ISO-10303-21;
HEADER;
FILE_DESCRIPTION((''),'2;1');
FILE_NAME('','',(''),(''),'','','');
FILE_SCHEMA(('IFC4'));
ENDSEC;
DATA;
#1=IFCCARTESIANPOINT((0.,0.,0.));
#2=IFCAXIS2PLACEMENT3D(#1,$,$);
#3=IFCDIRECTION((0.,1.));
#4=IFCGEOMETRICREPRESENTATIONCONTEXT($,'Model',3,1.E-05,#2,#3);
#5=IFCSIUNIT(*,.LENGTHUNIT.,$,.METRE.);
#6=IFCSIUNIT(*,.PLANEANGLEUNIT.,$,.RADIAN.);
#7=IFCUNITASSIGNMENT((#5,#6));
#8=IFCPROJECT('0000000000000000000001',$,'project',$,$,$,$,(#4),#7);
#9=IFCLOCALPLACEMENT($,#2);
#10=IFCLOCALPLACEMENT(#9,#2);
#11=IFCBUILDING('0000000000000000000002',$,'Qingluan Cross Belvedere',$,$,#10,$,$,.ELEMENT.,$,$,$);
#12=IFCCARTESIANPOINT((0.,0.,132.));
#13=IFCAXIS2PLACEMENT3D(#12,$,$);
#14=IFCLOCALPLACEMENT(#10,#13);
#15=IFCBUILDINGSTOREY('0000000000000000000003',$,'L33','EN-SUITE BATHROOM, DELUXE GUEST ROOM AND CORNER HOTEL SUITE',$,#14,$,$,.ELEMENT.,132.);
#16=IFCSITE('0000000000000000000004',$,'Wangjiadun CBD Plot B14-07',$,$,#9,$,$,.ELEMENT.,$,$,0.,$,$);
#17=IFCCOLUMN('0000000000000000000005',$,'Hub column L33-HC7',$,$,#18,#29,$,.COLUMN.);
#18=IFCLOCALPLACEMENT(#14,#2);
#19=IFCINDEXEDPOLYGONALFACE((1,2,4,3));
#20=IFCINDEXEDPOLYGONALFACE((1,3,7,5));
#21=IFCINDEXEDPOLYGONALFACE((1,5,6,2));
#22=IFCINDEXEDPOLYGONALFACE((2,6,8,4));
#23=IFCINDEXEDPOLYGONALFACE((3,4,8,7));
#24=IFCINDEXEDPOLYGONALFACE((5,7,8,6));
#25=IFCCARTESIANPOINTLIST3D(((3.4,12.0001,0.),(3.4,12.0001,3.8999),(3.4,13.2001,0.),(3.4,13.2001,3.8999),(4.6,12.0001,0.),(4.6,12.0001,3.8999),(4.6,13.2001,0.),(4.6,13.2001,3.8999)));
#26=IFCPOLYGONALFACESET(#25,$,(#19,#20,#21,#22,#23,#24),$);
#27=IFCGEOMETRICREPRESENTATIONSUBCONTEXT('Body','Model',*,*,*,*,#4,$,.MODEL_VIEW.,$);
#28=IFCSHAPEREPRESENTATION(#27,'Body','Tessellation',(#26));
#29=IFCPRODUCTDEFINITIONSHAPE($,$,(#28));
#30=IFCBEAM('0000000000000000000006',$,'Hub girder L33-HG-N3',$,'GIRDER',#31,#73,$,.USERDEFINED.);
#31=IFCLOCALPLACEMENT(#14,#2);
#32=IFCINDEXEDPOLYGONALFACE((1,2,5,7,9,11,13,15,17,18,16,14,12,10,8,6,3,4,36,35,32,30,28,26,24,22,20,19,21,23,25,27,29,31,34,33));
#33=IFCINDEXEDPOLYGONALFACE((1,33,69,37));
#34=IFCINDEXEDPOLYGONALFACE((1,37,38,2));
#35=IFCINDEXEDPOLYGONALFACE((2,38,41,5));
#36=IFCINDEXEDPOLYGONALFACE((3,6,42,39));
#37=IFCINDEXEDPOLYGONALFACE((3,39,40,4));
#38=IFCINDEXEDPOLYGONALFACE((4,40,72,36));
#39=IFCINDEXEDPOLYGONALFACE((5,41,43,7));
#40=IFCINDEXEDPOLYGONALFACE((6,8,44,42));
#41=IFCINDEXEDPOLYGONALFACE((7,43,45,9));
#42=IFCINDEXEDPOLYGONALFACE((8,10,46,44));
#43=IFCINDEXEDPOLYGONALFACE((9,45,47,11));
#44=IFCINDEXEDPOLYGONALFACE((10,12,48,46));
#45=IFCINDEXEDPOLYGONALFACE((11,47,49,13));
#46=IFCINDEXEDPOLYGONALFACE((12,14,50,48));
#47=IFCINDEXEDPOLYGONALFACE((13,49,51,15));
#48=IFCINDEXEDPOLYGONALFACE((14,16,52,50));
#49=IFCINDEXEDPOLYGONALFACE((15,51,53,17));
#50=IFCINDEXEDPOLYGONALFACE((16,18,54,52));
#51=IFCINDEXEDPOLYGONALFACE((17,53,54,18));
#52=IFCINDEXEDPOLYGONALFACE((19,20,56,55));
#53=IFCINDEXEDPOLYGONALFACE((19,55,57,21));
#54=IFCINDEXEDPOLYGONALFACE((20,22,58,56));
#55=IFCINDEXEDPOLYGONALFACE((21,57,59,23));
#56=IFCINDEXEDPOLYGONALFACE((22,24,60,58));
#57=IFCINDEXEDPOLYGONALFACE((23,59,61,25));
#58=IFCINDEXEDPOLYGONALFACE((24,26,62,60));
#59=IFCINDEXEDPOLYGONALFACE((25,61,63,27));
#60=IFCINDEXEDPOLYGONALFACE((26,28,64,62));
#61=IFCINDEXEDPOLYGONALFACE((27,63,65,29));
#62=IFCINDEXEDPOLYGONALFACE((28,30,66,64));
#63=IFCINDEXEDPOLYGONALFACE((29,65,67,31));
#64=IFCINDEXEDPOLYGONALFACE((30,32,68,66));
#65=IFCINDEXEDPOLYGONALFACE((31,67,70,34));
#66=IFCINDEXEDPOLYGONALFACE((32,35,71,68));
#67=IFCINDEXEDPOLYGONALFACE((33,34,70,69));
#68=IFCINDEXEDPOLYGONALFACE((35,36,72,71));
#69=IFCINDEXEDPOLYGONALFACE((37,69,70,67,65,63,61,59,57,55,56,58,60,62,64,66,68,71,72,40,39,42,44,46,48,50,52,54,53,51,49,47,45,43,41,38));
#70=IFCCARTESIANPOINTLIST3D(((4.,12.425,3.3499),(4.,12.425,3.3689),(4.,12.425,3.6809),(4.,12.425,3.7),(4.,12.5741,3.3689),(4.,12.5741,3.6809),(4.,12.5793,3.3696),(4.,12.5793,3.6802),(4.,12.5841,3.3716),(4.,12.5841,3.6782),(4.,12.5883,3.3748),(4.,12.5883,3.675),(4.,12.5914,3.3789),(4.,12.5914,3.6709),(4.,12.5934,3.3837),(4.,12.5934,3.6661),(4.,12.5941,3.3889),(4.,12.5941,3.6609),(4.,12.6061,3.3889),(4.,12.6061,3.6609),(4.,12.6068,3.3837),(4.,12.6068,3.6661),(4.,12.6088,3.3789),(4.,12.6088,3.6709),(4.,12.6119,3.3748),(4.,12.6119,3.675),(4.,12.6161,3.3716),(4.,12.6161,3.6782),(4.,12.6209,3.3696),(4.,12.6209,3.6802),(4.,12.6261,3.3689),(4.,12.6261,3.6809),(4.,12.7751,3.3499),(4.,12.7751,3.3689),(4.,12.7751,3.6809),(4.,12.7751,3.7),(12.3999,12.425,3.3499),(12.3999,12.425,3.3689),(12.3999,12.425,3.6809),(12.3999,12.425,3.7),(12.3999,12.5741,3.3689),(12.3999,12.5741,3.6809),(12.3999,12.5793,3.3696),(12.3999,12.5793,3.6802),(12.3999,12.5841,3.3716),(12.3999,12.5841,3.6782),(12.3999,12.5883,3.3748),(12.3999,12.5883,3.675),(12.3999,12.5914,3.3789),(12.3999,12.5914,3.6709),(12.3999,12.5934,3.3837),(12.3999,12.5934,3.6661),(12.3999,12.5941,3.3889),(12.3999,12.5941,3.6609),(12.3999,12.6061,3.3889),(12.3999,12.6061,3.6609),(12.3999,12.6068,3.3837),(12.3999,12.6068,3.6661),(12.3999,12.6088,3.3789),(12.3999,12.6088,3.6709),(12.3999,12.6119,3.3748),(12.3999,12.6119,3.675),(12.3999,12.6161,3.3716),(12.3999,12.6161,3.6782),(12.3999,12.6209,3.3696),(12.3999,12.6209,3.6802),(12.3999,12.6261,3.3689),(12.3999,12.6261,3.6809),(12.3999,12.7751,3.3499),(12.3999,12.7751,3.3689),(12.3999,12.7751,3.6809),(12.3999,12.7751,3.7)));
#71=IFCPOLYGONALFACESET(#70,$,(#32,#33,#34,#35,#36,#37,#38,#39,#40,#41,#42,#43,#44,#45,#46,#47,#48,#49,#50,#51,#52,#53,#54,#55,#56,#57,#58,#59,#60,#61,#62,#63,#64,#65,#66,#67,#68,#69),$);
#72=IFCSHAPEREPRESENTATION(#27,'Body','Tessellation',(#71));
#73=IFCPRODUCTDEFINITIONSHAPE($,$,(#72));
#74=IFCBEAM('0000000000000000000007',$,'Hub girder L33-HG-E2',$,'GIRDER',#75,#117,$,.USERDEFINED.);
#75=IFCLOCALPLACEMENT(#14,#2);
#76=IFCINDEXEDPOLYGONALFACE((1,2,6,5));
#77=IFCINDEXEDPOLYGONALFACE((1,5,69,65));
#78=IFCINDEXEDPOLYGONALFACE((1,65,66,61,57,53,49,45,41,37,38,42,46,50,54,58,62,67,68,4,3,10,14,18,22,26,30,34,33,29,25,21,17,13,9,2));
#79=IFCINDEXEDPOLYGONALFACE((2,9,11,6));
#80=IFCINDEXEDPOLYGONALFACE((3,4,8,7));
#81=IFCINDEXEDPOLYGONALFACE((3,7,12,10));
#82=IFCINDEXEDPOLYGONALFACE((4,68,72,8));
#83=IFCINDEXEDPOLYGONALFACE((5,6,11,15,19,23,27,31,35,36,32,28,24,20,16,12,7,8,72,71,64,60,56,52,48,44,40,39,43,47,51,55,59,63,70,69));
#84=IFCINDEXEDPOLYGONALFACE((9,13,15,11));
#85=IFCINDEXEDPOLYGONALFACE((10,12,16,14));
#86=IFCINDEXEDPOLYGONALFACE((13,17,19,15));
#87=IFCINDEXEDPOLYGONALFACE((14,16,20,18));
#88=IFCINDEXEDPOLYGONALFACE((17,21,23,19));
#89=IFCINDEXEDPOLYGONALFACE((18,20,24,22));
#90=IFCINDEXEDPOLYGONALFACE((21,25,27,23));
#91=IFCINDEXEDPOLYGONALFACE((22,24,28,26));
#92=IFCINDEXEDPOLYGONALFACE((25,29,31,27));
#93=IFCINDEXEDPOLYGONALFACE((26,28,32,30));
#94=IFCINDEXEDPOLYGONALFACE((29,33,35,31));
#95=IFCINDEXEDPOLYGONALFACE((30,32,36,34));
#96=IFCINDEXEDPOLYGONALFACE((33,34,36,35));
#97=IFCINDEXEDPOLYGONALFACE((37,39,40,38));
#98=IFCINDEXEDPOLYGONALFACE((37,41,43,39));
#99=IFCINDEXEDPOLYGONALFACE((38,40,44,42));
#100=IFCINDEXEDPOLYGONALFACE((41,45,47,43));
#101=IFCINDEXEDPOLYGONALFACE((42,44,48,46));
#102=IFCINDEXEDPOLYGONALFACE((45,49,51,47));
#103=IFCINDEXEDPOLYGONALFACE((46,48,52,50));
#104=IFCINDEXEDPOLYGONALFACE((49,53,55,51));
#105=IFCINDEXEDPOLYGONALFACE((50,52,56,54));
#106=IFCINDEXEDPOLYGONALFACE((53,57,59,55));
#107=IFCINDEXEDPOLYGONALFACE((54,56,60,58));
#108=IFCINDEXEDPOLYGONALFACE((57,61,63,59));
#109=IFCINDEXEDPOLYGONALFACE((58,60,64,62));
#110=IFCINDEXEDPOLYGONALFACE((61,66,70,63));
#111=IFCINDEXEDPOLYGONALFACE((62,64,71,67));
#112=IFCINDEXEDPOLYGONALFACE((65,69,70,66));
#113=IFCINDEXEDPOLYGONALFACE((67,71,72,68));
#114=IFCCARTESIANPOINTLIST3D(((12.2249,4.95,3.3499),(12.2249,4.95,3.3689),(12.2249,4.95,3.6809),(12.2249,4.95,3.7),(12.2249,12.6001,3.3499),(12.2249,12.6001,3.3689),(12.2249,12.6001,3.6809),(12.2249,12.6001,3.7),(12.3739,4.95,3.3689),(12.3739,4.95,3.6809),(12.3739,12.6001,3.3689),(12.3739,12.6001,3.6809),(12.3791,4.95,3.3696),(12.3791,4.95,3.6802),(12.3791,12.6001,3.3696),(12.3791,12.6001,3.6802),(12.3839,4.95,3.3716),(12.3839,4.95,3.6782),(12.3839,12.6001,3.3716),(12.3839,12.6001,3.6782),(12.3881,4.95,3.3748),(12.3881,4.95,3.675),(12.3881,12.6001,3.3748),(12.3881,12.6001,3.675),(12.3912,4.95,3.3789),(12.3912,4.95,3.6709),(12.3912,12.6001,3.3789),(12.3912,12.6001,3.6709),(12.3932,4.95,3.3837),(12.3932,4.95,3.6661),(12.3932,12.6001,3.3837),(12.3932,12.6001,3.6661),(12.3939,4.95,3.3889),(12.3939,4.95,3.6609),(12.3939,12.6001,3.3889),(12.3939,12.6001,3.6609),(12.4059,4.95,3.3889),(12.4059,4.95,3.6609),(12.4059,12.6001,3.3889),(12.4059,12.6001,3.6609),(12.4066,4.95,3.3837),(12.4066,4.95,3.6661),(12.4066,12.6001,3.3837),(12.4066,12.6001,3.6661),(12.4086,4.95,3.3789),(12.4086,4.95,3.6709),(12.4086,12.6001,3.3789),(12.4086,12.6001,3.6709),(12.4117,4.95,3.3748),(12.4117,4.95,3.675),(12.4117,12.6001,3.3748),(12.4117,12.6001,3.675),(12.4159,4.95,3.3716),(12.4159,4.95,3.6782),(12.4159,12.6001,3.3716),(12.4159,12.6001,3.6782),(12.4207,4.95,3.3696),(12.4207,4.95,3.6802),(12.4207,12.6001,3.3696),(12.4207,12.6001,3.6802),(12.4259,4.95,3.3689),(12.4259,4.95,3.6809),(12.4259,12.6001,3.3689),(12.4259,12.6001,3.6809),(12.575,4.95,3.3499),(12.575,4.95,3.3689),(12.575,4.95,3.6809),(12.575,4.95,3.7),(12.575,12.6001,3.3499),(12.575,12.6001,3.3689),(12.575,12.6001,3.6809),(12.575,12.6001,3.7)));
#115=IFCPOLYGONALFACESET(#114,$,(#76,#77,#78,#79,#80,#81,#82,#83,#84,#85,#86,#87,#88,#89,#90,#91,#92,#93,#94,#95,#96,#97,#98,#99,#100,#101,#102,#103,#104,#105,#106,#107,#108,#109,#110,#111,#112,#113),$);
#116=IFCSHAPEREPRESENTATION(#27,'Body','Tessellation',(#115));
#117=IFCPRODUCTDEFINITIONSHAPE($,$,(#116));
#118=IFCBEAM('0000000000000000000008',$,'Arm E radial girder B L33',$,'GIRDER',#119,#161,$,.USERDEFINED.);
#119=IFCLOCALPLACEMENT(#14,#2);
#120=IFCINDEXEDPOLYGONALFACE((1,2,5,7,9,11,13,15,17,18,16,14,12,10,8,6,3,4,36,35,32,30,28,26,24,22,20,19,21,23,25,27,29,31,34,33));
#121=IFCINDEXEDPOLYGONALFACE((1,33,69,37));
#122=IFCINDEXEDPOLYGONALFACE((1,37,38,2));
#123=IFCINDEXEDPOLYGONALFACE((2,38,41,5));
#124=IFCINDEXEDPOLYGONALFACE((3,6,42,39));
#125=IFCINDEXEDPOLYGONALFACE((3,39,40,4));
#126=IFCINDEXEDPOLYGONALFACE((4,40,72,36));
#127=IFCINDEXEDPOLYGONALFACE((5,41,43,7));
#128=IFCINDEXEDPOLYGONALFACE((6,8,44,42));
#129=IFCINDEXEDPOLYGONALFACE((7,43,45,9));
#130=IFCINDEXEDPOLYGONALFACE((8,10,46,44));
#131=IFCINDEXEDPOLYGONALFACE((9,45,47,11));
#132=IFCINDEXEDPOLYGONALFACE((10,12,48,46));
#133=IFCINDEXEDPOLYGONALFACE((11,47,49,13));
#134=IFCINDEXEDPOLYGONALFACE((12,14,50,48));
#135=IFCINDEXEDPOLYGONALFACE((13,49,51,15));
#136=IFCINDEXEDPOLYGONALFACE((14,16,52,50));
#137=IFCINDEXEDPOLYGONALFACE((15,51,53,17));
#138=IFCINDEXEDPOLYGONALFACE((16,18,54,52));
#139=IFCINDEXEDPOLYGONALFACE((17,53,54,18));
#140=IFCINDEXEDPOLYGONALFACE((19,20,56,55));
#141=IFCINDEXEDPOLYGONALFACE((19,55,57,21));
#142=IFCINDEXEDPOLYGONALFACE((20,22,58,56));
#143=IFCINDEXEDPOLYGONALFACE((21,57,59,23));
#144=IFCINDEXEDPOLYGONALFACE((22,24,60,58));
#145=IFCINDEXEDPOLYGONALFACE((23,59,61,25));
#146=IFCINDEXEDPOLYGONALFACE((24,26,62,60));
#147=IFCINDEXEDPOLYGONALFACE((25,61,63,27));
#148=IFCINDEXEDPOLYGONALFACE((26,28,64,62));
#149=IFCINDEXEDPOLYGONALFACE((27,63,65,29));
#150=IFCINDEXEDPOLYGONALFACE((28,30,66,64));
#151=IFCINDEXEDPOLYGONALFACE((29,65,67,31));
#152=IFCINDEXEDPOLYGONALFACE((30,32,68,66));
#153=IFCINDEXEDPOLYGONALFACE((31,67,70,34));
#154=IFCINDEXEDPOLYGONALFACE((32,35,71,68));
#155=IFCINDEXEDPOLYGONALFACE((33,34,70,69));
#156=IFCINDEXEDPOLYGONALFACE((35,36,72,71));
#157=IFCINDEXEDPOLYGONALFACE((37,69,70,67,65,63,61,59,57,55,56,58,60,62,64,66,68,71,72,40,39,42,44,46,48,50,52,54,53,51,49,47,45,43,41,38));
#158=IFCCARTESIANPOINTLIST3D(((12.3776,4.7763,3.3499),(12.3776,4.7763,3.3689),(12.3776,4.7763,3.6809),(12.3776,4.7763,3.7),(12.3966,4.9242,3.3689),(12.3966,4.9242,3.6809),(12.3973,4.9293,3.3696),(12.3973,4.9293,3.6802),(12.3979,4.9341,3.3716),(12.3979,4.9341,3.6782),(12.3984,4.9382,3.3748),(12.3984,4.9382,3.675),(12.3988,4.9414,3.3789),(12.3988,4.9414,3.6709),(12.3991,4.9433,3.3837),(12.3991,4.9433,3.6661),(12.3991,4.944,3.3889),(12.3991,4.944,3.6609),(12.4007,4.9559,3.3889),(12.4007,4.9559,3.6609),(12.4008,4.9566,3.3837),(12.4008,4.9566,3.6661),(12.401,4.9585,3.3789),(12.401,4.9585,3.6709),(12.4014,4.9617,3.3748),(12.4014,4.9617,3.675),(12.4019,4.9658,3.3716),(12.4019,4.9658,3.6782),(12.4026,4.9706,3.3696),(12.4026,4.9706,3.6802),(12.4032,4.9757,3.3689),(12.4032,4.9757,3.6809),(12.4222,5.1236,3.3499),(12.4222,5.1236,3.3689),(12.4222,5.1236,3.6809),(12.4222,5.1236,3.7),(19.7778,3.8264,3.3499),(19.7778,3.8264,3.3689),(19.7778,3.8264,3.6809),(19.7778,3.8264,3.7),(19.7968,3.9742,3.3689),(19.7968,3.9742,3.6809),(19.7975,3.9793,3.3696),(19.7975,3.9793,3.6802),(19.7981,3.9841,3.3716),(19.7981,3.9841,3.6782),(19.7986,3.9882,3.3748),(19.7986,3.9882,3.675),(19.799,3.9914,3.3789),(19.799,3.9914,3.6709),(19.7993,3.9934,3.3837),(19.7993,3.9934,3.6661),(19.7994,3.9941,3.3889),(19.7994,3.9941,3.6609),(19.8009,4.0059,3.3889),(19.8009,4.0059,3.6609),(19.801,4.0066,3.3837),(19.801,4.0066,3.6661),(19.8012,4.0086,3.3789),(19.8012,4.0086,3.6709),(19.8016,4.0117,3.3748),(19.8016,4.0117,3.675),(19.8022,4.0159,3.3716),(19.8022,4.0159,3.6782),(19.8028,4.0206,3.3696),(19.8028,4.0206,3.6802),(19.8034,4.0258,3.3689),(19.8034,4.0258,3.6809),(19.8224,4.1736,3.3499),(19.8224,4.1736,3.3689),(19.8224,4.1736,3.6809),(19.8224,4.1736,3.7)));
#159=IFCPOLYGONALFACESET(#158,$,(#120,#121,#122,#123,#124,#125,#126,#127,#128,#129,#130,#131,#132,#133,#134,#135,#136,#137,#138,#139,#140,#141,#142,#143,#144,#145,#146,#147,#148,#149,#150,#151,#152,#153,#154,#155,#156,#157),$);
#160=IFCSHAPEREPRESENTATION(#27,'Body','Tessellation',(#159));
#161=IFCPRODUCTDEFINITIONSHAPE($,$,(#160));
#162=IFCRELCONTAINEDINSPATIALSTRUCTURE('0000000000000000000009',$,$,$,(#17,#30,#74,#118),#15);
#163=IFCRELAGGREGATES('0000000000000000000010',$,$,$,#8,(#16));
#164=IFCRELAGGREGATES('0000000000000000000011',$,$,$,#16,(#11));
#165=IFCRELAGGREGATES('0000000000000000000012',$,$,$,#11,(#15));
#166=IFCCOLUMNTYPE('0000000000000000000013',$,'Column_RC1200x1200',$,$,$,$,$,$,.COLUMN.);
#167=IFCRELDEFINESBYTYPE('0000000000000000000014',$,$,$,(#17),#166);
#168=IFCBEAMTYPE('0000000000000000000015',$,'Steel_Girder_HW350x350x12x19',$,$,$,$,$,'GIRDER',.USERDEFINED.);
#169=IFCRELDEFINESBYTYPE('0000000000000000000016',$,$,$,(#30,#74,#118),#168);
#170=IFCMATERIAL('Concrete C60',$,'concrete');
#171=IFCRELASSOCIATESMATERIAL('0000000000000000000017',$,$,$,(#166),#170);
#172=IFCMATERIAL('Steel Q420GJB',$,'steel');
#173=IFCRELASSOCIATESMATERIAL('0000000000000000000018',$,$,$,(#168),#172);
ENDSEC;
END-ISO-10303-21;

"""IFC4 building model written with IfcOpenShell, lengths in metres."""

from ifc_helpers import new_model, si_unit, direction, frame, origin, origin_2d, place, context, subcontext, project, spatial, rectangle, i_section, extrude, material, material_profile, profile_set, type_object, element, save


model = new_model("IFC4")

# Units and contexts
model_context = context("Model", 3, precision=1e-05, world=origin(), true_north=direction((0.0, 1.0)))
body_context = subcontext(model_context, "Body", "Model", "MODEL_VIEW")
ifc_project = project(units=[si_unit("LENGTHUNIT", "METRE"), si_unit("PLANEANGLEUNIT", "RADIAN")], contexts=[model_context])

# Site, building, storey
site_placement = place(None, origin())
site = spatial("IfcSite", under=ifc_project, at=site_placement, Name="Wangjiadun CBD Plot B14-07", CompositionType="ELEMENT", RefElevation=0.0)
building_placement = place(site_placement, origin())
building = spatial("IfcBuilding", under=site, at=building_placement, Name="Qingluan Cross Belvedere", CompositionType="ELEMENT")
storey_placement = place(building_placement, frame((0.0, 0.0, 132.0)))
storey = spatial("IfcBuildingStorey", under=building, at=storey_placement, Name="L33", Description="EN-SUITE BATHROOM, DELUXE GUEST ROOM AND CORNER HOTEL SUITE", CompositionType="ELEMENT", Elevation=132.0)

# Column
ifc_material_1 = material(Name="Concrete C60", Category="concrete")
ifc_material_profile_1 = material_profile(ifc_material_1, rectangle(XDim=1.2, YDim=1.2, at=origin_2d()), Name="RC1200x1200")
ifc_profile_set_1 = profile_set([ifc_material_profile_1], Name="Concrete C60")
column_type = type_object("IfcColumnType", Name="Column_RC1200x1200", PredefinedType="COLUMN", material=ifc_profile_set_1)
column_placement = place(storey_placement, frame((4.0, 12.6001, 0.0), z_axis=(0.0, 0.0, 1.0), x_axis=(1.0, 0.0, 0.0)))
element("IfcColumn", 1, at=column_placement, inside=storey, type_object=column_type, Name="Hub column L33-HC7", PredefinedType="COLUMN", context=body_context, shape_type="SweptSolid", body=[
    extrude(rectangle(XDim=1.2, YDim=1.2, at=origin_2d()), origin(), (0.0, 0.0, 1.0), 3.8999),
])

# Beams
ifc_material_2 = material(Name="Steel Q420GJB", Category="steel")
ifc_material_profile_2 = material_profile(ifc_material_2, i_section(OverallWidth=0.3501, OverallDepth=0.3501, WebThickness=0.012, FlangeThickness=0.019, FilletRadius=0.02, at=origin_2d()), Name="HW350x350x12x19")
ifc_profile_set_2 = profile_set([ifc_material_profile_2], Name="Steel Q420GJB")
beam_type = type_object("IfcBeamType", Name="Steel_Girder_HW350x350x12x19", ElementType="GIRDER", PredefinedType="USERDEFINED", material=ifc_profile_set_2)
beam_1_placement = place(storey_placement, frame((4.0, 12.6001, 3.5249), z_axis=(1.0, 0.0, 0.0), x_axis=(0.0, 1.0, 0.0)))
element("IfcBeam", 2, at=beam_1_placement, inside=storey, type_object=beam_type, Name="Hub girder L33-HG-N3", ObjectType="GIRDER", PredefinedType="USERDEFINED", context=body_context, shape_type="SweptSolid", body=[
    extrude(i_section(OverallWidth=0.3501, OverallDepth=0.3501, WebThickness=0.012, FlangeThickness=0.019, FilletRadius=0.02, at=origin_2d()), origin(), (0.0, 0.0, 1.0), 8.3999),
])
beam_2_placement = place(storey_placement, frame((12.3999, 4.95, 3.5249), z_axis=(0.0, 1.0, 0.0), x_axis=(-1.0, 0.0, 0.0)))
element("IfcBeam", 3, at=beam_2_placement, inside=storey, type_object=beam_type, Name="Hub girder L33-HG-E2", ObjectType="GIRDER", PredefinedType="USERDEFINED", context=body_context, shape_type="SweptSolid", body=[
    extrude(i_section(OverallWidth=0.3501, OverallDepth=0.3501, WebThickness=0.012, FlangeThickness=0.019, FilletRadius=0.02, at=origin_2d()), origin(), (0.0, 0.0, 1.0), 7.6501),
])
beam_3_placement = place(storey_placement, frame((12.3999, 4.95, 3.5249), z_axis=(0.991861, -0.127324, 0.0), x_axis=(0.127324, 0.991861, 0.0)))
element("IfcBeam", 4, at=beam_3_placement, inside=storey, type_object=beam_type, Name="Arm E radial girder B L33", ObjectType="GIRDER", PredefinedType="USERDEFINED", context=body_context, shape_type="SweptSolid", body=[
    extrude(i_section(OverallWidth=0.3501, OverallDepth=0.3501, WebThickness=0.012, FlangeThickness=0.019, FilletRadius=0.02, at=origin_2d()), origin(), (0.0, 0.0, 1.0), 7.4609),
])

save(model, "model.ifc")
